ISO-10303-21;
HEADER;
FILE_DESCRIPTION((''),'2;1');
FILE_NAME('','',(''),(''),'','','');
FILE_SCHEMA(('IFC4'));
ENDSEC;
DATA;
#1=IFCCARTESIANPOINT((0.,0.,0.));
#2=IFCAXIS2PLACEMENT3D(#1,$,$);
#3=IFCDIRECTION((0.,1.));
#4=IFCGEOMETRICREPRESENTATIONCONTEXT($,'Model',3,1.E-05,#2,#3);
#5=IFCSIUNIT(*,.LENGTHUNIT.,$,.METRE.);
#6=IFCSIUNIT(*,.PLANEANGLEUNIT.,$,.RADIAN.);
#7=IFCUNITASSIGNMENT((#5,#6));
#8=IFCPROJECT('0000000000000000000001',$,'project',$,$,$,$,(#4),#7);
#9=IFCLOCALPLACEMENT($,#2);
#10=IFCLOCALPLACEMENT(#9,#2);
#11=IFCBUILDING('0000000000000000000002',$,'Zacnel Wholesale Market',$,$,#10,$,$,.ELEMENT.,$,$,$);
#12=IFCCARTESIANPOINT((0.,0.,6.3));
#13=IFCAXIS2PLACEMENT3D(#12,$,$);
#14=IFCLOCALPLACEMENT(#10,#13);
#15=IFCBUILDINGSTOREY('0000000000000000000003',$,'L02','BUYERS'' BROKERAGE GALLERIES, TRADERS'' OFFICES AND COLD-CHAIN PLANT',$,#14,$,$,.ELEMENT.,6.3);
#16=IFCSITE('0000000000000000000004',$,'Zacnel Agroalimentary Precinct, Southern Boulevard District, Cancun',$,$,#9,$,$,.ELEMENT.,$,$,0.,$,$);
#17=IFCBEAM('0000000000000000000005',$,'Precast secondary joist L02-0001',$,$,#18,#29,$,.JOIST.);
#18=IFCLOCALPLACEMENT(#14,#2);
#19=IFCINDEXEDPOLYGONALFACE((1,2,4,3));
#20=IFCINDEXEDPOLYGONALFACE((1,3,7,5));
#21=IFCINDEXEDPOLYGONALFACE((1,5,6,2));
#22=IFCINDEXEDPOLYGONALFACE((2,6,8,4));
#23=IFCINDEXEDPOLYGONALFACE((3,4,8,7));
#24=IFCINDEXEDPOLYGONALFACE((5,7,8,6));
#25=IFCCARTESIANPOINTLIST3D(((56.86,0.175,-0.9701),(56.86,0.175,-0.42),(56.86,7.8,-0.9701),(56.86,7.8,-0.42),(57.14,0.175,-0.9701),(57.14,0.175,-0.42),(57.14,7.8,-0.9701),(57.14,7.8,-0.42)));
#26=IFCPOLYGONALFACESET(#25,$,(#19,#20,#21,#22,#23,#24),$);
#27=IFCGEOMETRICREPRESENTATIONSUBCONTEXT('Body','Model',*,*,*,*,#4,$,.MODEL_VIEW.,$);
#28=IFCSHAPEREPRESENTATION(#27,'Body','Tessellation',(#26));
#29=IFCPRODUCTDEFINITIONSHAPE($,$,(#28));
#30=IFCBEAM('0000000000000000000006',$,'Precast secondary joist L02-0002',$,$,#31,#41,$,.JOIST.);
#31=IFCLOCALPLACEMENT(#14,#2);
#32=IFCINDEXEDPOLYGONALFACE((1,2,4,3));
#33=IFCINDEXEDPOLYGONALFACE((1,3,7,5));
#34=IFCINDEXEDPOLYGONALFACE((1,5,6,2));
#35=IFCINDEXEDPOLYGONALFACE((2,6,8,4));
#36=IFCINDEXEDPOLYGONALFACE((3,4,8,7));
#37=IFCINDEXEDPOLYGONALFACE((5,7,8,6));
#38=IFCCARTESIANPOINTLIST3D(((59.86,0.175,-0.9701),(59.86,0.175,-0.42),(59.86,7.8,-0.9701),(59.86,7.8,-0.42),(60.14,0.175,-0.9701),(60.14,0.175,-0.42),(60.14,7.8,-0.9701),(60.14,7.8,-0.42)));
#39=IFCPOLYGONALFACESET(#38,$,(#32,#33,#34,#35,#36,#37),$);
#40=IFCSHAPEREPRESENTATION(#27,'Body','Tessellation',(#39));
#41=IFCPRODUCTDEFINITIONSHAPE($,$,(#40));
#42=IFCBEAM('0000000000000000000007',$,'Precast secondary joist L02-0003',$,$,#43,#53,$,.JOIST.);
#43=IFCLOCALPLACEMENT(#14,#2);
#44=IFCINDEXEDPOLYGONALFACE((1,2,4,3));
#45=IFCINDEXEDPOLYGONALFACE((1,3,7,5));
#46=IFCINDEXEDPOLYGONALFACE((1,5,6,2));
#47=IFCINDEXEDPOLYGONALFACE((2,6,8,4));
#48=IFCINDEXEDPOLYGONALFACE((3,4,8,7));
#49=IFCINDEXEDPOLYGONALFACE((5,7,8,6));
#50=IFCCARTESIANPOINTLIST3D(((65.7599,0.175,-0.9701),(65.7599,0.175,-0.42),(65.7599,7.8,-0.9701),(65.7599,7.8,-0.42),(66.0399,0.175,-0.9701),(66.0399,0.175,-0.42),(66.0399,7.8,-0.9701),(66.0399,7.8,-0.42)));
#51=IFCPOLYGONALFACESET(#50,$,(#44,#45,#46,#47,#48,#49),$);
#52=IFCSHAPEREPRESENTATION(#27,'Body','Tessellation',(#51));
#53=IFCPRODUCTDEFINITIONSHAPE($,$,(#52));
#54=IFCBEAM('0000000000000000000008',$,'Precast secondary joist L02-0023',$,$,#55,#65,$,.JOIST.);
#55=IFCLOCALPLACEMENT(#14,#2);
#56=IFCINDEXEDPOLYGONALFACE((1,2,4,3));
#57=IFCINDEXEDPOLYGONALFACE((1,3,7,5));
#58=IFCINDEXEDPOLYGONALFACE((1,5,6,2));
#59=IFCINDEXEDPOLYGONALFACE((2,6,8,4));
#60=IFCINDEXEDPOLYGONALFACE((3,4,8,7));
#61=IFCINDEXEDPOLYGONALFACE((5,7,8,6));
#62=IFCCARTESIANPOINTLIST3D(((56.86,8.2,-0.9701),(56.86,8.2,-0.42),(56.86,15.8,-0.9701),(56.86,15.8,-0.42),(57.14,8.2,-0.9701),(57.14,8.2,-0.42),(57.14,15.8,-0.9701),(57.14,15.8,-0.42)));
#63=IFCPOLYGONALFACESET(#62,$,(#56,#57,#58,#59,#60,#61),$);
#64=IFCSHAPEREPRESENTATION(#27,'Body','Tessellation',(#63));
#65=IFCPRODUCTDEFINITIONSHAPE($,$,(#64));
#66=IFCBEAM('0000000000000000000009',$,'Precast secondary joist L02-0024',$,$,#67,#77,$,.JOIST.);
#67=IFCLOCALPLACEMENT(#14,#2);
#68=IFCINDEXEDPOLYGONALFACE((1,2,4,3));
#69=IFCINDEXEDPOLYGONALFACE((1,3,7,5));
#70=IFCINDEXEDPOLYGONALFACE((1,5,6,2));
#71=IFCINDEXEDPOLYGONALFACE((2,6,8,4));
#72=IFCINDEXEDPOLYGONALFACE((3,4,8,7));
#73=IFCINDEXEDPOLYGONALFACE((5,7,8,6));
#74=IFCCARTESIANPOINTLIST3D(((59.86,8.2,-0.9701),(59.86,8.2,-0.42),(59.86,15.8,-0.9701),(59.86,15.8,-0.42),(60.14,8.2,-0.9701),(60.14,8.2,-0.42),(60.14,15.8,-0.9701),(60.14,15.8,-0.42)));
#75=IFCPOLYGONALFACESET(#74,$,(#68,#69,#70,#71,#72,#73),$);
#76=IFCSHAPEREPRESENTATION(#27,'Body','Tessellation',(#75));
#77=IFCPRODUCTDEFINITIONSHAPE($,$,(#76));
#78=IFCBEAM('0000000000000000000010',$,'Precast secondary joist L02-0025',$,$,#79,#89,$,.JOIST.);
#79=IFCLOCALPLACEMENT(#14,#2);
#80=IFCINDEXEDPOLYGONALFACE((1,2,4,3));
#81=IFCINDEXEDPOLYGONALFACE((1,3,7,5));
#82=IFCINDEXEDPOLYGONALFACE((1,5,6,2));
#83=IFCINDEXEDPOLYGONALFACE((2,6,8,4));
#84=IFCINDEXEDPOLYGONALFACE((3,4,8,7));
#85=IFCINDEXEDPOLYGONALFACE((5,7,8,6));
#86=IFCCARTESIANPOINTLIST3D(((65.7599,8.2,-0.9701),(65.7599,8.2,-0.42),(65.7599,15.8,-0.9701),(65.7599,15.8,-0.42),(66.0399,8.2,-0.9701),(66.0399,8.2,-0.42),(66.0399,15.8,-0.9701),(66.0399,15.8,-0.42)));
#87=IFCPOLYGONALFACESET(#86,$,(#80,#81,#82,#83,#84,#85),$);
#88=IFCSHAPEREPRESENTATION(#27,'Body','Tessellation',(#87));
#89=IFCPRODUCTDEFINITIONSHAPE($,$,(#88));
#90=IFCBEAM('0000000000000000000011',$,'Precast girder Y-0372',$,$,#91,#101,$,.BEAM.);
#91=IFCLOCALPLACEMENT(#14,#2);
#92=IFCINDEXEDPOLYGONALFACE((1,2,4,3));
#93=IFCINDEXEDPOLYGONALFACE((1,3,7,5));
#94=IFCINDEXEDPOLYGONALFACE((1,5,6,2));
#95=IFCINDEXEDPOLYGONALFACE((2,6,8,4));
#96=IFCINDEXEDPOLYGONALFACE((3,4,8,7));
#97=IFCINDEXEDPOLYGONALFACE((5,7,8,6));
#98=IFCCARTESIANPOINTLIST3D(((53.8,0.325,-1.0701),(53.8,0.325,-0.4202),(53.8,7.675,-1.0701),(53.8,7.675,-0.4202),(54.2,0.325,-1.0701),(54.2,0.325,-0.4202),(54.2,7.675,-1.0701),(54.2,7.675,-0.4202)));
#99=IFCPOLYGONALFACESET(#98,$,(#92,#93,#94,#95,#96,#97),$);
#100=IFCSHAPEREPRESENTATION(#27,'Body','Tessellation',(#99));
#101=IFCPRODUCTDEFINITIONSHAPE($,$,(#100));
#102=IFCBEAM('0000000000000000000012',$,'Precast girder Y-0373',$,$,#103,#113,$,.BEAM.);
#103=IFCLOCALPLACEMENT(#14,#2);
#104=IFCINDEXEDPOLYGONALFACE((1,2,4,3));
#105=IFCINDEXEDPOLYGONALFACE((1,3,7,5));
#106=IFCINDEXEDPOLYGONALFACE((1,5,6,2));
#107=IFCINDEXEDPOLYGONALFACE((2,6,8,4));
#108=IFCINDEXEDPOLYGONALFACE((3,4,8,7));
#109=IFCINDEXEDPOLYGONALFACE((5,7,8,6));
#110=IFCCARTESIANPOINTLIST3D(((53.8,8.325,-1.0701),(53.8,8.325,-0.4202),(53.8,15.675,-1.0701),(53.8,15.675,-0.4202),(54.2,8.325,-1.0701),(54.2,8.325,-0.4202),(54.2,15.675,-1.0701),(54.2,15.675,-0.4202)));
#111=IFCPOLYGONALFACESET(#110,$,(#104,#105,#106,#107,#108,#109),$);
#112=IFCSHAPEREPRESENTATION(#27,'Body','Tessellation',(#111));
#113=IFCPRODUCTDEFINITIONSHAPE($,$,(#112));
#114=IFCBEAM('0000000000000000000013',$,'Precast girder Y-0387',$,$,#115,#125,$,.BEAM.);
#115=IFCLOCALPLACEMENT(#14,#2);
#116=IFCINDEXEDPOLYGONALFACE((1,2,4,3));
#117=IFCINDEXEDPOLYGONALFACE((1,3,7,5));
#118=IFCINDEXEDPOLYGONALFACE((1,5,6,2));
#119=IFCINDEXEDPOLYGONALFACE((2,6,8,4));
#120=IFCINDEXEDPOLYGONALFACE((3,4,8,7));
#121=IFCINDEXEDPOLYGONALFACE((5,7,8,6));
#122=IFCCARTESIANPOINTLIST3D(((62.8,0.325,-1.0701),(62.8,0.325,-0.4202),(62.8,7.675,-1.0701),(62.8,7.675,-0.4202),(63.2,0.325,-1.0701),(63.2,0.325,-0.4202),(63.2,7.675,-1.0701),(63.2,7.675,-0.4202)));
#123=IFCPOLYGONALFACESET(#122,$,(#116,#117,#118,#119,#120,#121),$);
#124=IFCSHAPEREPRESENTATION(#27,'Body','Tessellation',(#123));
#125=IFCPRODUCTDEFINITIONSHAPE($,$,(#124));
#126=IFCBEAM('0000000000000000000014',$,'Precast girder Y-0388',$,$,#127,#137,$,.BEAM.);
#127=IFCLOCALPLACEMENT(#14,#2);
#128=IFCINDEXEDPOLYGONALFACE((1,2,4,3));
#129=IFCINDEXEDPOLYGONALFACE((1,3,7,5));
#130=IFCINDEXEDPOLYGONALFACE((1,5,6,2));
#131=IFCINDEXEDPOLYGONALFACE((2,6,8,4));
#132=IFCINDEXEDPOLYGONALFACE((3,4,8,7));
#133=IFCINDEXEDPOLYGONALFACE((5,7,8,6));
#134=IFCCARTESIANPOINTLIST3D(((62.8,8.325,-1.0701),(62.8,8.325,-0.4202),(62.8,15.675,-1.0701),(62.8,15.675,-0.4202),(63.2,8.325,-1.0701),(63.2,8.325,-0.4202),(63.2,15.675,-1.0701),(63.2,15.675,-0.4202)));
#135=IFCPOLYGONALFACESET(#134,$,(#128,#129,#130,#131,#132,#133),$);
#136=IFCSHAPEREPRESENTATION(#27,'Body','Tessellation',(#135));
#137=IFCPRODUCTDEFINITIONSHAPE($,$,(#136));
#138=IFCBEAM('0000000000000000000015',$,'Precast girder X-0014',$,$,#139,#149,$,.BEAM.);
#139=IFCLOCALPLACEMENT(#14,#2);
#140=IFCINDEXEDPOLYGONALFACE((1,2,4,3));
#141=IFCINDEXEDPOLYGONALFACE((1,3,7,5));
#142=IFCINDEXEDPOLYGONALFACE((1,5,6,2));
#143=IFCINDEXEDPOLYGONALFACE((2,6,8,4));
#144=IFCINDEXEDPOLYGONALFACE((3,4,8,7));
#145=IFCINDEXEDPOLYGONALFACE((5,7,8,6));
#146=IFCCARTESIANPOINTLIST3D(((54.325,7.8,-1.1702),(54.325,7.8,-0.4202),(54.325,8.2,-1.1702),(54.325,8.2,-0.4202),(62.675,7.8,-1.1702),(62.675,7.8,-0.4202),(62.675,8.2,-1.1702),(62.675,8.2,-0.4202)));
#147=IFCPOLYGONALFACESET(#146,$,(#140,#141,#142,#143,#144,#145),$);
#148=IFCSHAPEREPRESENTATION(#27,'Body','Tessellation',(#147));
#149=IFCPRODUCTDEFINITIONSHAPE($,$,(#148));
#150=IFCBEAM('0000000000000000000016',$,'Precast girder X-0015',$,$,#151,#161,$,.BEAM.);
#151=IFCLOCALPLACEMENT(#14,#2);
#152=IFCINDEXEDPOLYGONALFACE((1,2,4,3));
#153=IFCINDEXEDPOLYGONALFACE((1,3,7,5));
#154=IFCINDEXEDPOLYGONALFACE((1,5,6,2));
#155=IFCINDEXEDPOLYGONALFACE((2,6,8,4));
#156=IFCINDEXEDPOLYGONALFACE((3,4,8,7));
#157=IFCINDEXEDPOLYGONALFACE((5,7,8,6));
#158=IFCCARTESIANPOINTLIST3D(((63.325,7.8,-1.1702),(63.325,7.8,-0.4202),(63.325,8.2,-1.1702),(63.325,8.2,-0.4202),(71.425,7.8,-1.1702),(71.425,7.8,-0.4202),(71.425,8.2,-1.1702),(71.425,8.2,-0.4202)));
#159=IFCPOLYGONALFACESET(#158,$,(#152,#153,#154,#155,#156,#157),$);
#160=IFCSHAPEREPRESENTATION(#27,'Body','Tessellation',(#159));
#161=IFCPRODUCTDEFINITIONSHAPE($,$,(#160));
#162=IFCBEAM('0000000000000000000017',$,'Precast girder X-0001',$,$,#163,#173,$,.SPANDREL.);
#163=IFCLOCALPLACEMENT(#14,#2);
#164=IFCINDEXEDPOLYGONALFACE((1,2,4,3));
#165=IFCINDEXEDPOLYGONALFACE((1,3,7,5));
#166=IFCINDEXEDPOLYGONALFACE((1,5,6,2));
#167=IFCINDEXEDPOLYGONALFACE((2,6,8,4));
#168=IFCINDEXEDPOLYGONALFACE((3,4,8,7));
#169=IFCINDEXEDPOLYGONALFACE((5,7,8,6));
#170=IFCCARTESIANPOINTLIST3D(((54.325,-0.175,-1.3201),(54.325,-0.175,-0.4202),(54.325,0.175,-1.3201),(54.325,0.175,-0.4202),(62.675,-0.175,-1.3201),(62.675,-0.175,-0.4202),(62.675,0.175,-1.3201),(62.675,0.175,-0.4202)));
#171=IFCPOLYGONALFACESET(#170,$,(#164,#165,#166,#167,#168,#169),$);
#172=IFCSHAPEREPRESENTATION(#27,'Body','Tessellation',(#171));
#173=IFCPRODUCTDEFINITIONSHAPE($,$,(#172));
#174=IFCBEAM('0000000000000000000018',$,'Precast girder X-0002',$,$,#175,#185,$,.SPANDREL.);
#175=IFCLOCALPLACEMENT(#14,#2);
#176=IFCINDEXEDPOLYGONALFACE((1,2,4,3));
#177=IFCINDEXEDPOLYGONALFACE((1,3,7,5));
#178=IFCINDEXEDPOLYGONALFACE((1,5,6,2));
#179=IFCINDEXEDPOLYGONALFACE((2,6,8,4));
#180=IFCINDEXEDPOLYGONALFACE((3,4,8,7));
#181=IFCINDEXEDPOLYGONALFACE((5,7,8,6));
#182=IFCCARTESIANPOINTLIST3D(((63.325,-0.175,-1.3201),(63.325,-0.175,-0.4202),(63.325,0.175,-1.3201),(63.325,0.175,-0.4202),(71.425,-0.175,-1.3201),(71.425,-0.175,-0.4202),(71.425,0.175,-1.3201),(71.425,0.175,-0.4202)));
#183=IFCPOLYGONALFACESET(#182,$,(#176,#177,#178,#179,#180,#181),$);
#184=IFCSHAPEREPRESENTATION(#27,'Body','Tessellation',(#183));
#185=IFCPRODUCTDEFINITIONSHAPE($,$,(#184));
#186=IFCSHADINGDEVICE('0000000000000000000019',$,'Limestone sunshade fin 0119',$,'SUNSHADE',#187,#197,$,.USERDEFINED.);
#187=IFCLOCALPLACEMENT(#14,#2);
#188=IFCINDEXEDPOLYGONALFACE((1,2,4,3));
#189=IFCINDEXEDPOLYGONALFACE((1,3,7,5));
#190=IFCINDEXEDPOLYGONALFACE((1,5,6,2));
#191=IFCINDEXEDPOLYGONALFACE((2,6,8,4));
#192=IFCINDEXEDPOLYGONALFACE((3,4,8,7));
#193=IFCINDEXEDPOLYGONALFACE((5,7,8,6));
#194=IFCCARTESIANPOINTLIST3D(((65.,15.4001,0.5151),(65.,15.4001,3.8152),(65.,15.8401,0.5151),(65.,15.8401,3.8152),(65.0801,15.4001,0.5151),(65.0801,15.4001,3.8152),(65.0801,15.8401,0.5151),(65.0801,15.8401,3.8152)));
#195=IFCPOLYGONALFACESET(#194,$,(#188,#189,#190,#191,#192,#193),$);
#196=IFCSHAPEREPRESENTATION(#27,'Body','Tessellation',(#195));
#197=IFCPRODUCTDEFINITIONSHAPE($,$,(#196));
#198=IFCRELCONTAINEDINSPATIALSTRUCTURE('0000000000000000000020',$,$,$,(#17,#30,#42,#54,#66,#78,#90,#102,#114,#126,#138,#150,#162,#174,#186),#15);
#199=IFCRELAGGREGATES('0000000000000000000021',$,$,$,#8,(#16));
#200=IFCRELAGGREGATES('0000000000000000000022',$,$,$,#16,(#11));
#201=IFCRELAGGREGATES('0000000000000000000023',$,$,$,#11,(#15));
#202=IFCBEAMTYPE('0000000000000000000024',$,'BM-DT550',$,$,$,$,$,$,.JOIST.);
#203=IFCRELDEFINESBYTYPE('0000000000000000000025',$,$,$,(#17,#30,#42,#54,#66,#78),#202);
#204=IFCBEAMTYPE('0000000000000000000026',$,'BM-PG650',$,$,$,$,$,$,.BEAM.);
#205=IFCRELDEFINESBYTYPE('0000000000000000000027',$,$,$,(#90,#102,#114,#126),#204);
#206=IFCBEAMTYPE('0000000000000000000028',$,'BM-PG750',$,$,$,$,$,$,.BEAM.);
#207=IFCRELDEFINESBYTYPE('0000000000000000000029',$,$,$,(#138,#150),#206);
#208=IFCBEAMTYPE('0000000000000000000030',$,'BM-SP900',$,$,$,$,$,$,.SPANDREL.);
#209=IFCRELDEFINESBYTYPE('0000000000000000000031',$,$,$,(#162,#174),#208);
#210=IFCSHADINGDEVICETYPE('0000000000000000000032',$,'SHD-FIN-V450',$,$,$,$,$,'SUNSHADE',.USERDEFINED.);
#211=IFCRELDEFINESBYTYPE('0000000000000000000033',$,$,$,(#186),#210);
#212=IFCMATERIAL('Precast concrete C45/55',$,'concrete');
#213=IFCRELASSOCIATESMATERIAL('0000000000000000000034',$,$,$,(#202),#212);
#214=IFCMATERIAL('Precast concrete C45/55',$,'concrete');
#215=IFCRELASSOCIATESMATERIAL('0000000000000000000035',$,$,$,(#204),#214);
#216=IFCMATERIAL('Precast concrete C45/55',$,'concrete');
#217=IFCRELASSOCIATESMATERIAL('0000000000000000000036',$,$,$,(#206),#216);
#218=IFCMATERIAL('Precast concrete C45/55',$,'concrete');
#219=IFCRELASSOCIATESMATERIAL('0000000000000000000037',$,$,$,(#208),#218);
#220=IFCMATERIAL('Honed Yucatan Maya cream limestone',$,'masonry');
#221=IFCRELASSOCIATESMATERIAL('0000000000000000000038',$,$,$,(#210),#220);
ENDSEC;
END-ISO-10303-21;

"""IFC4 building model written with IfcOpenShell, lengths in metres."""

from ifc_helpers import new_model, si_unit, direction, frame, origin, origin_2d, place, context, subcontext, project, spatial, rectangle, extrude, material, material_profile, profile_set, type_object, element, save


model = new_model("IFC4")

# Units and contexts
model_context = context("Model", 3, precision=1e-05, world=origin(), true_north=direction((0.0, 1.0)))
body_context = subcontext(model_context, "Body", "Model", "MODEL_VIEW")
ifc_project = project(units=[si_unit("LENGTHUNIT", "METRE"), si_unit("PLANEANGLEUNIT", "RADIAN")], contexts=[model_context])

# Site, building, storey
site_placement = place(None, origin())
site = spatial("IfcSite", under=ifc_project, at=site_placement, Name="Zacnel Agroalimentary Precinct, Southern Boulevard District, Cancun", CompositionType="ELEMENT", RefElevation=0.0)
building_placement = place(site_placement, origin())
building = spatial("IfcBuilding", under=site, at=building_placement, Name="Zacnel Wholesale Market", CompositionType="ELEMENT")
storey_placement = place(building_placement, frame((0.0, 0.0, 6.3)))
storey = spatial("IfcBuildingStorey", under=building, at=storey_placement, Name="L02", Description="BUYERS' BROKERAGE GALLERIES, TRADERS' OFFICES AND COLD-CHAIN PLANT", CompositionType="ELEMENT", Elevation=6.3)

# Beams
ifc_material_1 = material(Name="Precast concrete C45/55", Category="concrete")
ifc_material_profile_1 = material_profile(ifc_material_1, rectangle(XDim=0.28, YDim=0.55, at=origin_2d()), Name="DT RIB 280x550")
ifc_profile_set_1 = profile_set([ifc_material_profile_1], Name="Precast concrete C45/55")
beam_type_1 = type_object("IfcBeamType", Name="BM-DT550", PredefinedType="JOIST", material=ifc_profile_set_1)
for number, where, z_axis, x_axis, name in (
    (1, (57.0, 0.175, -0.6951), (0.0, 1.0, 0.0), (-1.0, 0.0, 0.0), "Precast secondary joist L02-0001"),
    (2, (60.0, 0.175, -0.6951), (0.0, 1.0, 0.0), (-1.0, 0.0, 0.0), "Precast secondary joist L02-0002"),
    (3, (65.8999, 0.175, -0.6951), (0.0, 1.0, 0.0), (-1.0, 0.0, 0.0), "Precast secondary joist L02-0003"),
):
    element("IfcBeam", number, at=place(storey_placement, frame(where, z_axis=z_axis, x_axis=x_axis)), inside=storey, type_object=beam_type_1, Name=name, PredefinedType="JOIST", context=body_context, shape_type="SweptSolid", body=[
        extrude(rectangle(XDim=0.28, YDim=0.55, at=origin_2d()), origin(), (0.0, 0.0, 1.0), 7.625),
    ])
for number, where, z_axis, x_axis, name in (
    (4, (57.0, 8.2, -0.6951), (0.0, 1.0, 0.0), (-1.0, 0.0, 0.0), "Precast secondary joist L02-0023"),
    (5, (60.0, 8.2, -0.6951), (0.0, 1.0, 0.0), (-1.0, 0.0, 0.0), "Precast secondary joist L02-0024"),
    (6, (65.8999, 8.2, -0.6951), (0.0, 1.0, 0.0), (-1.0, 0.0, 0.0), "Precast secondary joist L02-0025"),
):
    element("IfcBeam", number, at=place(storey_placement, frame(where, z_axis=z_axis, x_axis=x_axis)), inside=storey, type_object=beam_type_1, Name=name, PredefinedType="JOIST", context=body_context, shape_type="SweptSolid", body=[
        extrude(rectangle(XDim=0.28, YDim=0.55, at=origin_2d()), origin(), (0.0, 0.0, 1.0), 7.6001),
    ])
ifc_material_2 = material(Name="Precast concrete C45/55", Category="concrete")
ifc_material_profile_2 = material_profile(ifc_material_2, rectangle(XDim=0.3999, YDim=0.6499, at=origin_2d()), Name="PG 400x650")
ifc_profile_set_2 = profile_set([ifc_material_profile_2], Name="Precast concrete C45/55")
beam_type_2 = type_object("IfcBeamType", Name="BM-PG650", PredefinedType="BEAM", material=ifc_profile_set_2)
for number, where, z_axis, x_axis, name in (
    (7, (54.0, 0.325, -0.7451), (0.0, 1.0, 0.0), (-1.0, 0.0, 0.0), "Precast girder Y-0372"),
    (8, (54.0, 8.325, -0.7451), (0.0, 1.0, 0.0), (-1.0, 0.0, 0.0), "Precast girder Y-0373"),
    (9, (63.0, 0.325, -0.7451), (0.0, 1.0, 0.0), (-1.0, 0.0, 0.0), "Precast girder Y-0387"),
    (10, (63.0, 8.325, -0.7451), (0.0, 1.0, 0.0), (-1.0, 0.0, 0.0), "Precast girder Y-0388"),
):
    element("IfcBeam", number, at=place(storey_placement, frame(where, z_axis=z_axis, x_axis=x_axis)), inside=storey, type_object=beam_type_2, Name=name, PredefinedType="BEAM", context=body_context, shape_type="SweptSolid", body=[
        extrude(rectangle(XDim=0.3999, YDim=0.6499, at=origin_2d()), origin(), (0.0, 0.0, 1.0), 7.3501),
    ])
ifc_material_3 = material(Name="Precast concrete C45/55", Category="concrete")
ifc_material_profile_3 = material_profile(ifc_material_3, rectangle(XDim=0.3999, YDim=0.75, at=origin_2d()), Name="PG 400x750")
ifc_profile_set_3 = profile_set([ifc_material_profile_3], Name="Precast concrete C45/55")
beam_type_3 = type_object("IfcBeamType", Name="BM-PG750", PredefinedType="BEAM", material=ifc_profile_set_3)
beam_1_placement = place(storey_placement, frame((54.325, 8.0, -0.7952), z_axis=(1.0, 0.0, 0.0), x_axis=(0.0, 1.0, 0.0)))
element("IfcBeam", 11, at=beam_1_placement, inside=storey, type_object=beam_type_3, Name="Precast girder X-0014", PredefinedType="BEAM", context=body_context, shape_type="SweptSolid", body=[
    extrude(rectangle(XDim=0.3999, YDim=0.75, at=origin_2d()), origin(), (0.0, 0.0, 1.0), 8.3501),
])
beam_2_placement = place(storey_placement, frame((63.325, 8.0, -0.7952), z_axis=(1.0, 0.0, 0.0), x_axis=(0.0, 1.0, 0.0)))
element("IfcBeam", 12, at=beam_2_placement, inside=storey, type_object=beam_type_3, Name="Precast girder X-0015", PredefinedType="BEAM", context=body_context, shape_type="SweptSolid", body=[
    extrude(rectangle(XDim=0.3999, YDim=0.75, at=origin_2d()), origin(), (0.0, 0.0, 1.0), 8.1001),
])
ifc_material_4 = material(Name="Precast concrete C45/55", Category="concrete")
ifc_material_profile_4 = material_profile(ifc_material_4, rectangle(XDim=0.3501, YDim=0.8999, at=origin_2d()), Name="SP 350x900")
ifc_profile_set_4 = profile_set([ifc_material_profile_4], Name="Precast concrete C45/55")
beam_type_4 = type_object("IfcBeamType", Name="BM-SP900", PredefinedType="SPANDREL", material=ifc_profile_set_4)
beam_3_placement = place(storey_placement, frame((54.325, 0.0, -0.8701), z_axis=(1.0, 0.0, 0.0), x_axis=(0.0, 1.0, 0.0)))
element("IfcBeam", 13, at=beam_3_placement, inside=storey, type_object=beam_type_4, Name="Precast girder X-0001", PredefinedType="SPANDREL", context=body_context, shape_type="SweptSolid", body=[
    extrude(rectangle(XDim=0.3501, YDim=0.8999, at=origin_2d()), origin(), (0.0, 0.0, 1.0), 8.3501),
])
beam_4_placement = place(storey_placement, frame((63.325, 0.0, -0.8701), z_axis=(1.0, 0.0, 0.0), x_axis=(0.0, 1.0, 0.0)))
element("IfcBeam", 14, at=beam_4_placement, inside=storey, type_object=beam_type_4, Name="Precast girder X-0002", PredefinedType="SPANDREL", context=body_context, shape_type="SweptSolid", body=[
    extrude(rectangle(XDim=0.3501, YDim=0.8999, at=origin_2d()), origin(), (0.0, 0.0, 1.0), 8.1001),
])

# Shading device
ifc_material_5 = material(Name="Honed Yucatan Maya cream limestone", Category="masonry")
shading_device_type = type_object("IfcShadingDeviceType", Name="SHD-FIN-V450", ElementType="SUNSHADE", PredefinedType="USERDEFINED", material=ifc_material_5)
shading_device_placement = place(storey_placement, frame((65.04, 15.6201, 0.5151), z_axis=(0.0, 0.0, 1.0), x_axis=(1.0, 0.0, 0.0)))
element("IfcShadingDevice", 15, at=shading_device_placement, inside=storey, type_object=shading_device_type, Name="Limestone sunshade fin 0119", ObjectType="SUNSHADE", PredefinedType="USERDEFINED", context=body_context, shape_type="SweptSolid", body=[
    extrude(rectangle(XDim=0.0801, YDim=0.4399, at=origin_2d()), origin(), (0.0, 0.0, 1.0), 3.3),
])

save(model, "model.ifc")
